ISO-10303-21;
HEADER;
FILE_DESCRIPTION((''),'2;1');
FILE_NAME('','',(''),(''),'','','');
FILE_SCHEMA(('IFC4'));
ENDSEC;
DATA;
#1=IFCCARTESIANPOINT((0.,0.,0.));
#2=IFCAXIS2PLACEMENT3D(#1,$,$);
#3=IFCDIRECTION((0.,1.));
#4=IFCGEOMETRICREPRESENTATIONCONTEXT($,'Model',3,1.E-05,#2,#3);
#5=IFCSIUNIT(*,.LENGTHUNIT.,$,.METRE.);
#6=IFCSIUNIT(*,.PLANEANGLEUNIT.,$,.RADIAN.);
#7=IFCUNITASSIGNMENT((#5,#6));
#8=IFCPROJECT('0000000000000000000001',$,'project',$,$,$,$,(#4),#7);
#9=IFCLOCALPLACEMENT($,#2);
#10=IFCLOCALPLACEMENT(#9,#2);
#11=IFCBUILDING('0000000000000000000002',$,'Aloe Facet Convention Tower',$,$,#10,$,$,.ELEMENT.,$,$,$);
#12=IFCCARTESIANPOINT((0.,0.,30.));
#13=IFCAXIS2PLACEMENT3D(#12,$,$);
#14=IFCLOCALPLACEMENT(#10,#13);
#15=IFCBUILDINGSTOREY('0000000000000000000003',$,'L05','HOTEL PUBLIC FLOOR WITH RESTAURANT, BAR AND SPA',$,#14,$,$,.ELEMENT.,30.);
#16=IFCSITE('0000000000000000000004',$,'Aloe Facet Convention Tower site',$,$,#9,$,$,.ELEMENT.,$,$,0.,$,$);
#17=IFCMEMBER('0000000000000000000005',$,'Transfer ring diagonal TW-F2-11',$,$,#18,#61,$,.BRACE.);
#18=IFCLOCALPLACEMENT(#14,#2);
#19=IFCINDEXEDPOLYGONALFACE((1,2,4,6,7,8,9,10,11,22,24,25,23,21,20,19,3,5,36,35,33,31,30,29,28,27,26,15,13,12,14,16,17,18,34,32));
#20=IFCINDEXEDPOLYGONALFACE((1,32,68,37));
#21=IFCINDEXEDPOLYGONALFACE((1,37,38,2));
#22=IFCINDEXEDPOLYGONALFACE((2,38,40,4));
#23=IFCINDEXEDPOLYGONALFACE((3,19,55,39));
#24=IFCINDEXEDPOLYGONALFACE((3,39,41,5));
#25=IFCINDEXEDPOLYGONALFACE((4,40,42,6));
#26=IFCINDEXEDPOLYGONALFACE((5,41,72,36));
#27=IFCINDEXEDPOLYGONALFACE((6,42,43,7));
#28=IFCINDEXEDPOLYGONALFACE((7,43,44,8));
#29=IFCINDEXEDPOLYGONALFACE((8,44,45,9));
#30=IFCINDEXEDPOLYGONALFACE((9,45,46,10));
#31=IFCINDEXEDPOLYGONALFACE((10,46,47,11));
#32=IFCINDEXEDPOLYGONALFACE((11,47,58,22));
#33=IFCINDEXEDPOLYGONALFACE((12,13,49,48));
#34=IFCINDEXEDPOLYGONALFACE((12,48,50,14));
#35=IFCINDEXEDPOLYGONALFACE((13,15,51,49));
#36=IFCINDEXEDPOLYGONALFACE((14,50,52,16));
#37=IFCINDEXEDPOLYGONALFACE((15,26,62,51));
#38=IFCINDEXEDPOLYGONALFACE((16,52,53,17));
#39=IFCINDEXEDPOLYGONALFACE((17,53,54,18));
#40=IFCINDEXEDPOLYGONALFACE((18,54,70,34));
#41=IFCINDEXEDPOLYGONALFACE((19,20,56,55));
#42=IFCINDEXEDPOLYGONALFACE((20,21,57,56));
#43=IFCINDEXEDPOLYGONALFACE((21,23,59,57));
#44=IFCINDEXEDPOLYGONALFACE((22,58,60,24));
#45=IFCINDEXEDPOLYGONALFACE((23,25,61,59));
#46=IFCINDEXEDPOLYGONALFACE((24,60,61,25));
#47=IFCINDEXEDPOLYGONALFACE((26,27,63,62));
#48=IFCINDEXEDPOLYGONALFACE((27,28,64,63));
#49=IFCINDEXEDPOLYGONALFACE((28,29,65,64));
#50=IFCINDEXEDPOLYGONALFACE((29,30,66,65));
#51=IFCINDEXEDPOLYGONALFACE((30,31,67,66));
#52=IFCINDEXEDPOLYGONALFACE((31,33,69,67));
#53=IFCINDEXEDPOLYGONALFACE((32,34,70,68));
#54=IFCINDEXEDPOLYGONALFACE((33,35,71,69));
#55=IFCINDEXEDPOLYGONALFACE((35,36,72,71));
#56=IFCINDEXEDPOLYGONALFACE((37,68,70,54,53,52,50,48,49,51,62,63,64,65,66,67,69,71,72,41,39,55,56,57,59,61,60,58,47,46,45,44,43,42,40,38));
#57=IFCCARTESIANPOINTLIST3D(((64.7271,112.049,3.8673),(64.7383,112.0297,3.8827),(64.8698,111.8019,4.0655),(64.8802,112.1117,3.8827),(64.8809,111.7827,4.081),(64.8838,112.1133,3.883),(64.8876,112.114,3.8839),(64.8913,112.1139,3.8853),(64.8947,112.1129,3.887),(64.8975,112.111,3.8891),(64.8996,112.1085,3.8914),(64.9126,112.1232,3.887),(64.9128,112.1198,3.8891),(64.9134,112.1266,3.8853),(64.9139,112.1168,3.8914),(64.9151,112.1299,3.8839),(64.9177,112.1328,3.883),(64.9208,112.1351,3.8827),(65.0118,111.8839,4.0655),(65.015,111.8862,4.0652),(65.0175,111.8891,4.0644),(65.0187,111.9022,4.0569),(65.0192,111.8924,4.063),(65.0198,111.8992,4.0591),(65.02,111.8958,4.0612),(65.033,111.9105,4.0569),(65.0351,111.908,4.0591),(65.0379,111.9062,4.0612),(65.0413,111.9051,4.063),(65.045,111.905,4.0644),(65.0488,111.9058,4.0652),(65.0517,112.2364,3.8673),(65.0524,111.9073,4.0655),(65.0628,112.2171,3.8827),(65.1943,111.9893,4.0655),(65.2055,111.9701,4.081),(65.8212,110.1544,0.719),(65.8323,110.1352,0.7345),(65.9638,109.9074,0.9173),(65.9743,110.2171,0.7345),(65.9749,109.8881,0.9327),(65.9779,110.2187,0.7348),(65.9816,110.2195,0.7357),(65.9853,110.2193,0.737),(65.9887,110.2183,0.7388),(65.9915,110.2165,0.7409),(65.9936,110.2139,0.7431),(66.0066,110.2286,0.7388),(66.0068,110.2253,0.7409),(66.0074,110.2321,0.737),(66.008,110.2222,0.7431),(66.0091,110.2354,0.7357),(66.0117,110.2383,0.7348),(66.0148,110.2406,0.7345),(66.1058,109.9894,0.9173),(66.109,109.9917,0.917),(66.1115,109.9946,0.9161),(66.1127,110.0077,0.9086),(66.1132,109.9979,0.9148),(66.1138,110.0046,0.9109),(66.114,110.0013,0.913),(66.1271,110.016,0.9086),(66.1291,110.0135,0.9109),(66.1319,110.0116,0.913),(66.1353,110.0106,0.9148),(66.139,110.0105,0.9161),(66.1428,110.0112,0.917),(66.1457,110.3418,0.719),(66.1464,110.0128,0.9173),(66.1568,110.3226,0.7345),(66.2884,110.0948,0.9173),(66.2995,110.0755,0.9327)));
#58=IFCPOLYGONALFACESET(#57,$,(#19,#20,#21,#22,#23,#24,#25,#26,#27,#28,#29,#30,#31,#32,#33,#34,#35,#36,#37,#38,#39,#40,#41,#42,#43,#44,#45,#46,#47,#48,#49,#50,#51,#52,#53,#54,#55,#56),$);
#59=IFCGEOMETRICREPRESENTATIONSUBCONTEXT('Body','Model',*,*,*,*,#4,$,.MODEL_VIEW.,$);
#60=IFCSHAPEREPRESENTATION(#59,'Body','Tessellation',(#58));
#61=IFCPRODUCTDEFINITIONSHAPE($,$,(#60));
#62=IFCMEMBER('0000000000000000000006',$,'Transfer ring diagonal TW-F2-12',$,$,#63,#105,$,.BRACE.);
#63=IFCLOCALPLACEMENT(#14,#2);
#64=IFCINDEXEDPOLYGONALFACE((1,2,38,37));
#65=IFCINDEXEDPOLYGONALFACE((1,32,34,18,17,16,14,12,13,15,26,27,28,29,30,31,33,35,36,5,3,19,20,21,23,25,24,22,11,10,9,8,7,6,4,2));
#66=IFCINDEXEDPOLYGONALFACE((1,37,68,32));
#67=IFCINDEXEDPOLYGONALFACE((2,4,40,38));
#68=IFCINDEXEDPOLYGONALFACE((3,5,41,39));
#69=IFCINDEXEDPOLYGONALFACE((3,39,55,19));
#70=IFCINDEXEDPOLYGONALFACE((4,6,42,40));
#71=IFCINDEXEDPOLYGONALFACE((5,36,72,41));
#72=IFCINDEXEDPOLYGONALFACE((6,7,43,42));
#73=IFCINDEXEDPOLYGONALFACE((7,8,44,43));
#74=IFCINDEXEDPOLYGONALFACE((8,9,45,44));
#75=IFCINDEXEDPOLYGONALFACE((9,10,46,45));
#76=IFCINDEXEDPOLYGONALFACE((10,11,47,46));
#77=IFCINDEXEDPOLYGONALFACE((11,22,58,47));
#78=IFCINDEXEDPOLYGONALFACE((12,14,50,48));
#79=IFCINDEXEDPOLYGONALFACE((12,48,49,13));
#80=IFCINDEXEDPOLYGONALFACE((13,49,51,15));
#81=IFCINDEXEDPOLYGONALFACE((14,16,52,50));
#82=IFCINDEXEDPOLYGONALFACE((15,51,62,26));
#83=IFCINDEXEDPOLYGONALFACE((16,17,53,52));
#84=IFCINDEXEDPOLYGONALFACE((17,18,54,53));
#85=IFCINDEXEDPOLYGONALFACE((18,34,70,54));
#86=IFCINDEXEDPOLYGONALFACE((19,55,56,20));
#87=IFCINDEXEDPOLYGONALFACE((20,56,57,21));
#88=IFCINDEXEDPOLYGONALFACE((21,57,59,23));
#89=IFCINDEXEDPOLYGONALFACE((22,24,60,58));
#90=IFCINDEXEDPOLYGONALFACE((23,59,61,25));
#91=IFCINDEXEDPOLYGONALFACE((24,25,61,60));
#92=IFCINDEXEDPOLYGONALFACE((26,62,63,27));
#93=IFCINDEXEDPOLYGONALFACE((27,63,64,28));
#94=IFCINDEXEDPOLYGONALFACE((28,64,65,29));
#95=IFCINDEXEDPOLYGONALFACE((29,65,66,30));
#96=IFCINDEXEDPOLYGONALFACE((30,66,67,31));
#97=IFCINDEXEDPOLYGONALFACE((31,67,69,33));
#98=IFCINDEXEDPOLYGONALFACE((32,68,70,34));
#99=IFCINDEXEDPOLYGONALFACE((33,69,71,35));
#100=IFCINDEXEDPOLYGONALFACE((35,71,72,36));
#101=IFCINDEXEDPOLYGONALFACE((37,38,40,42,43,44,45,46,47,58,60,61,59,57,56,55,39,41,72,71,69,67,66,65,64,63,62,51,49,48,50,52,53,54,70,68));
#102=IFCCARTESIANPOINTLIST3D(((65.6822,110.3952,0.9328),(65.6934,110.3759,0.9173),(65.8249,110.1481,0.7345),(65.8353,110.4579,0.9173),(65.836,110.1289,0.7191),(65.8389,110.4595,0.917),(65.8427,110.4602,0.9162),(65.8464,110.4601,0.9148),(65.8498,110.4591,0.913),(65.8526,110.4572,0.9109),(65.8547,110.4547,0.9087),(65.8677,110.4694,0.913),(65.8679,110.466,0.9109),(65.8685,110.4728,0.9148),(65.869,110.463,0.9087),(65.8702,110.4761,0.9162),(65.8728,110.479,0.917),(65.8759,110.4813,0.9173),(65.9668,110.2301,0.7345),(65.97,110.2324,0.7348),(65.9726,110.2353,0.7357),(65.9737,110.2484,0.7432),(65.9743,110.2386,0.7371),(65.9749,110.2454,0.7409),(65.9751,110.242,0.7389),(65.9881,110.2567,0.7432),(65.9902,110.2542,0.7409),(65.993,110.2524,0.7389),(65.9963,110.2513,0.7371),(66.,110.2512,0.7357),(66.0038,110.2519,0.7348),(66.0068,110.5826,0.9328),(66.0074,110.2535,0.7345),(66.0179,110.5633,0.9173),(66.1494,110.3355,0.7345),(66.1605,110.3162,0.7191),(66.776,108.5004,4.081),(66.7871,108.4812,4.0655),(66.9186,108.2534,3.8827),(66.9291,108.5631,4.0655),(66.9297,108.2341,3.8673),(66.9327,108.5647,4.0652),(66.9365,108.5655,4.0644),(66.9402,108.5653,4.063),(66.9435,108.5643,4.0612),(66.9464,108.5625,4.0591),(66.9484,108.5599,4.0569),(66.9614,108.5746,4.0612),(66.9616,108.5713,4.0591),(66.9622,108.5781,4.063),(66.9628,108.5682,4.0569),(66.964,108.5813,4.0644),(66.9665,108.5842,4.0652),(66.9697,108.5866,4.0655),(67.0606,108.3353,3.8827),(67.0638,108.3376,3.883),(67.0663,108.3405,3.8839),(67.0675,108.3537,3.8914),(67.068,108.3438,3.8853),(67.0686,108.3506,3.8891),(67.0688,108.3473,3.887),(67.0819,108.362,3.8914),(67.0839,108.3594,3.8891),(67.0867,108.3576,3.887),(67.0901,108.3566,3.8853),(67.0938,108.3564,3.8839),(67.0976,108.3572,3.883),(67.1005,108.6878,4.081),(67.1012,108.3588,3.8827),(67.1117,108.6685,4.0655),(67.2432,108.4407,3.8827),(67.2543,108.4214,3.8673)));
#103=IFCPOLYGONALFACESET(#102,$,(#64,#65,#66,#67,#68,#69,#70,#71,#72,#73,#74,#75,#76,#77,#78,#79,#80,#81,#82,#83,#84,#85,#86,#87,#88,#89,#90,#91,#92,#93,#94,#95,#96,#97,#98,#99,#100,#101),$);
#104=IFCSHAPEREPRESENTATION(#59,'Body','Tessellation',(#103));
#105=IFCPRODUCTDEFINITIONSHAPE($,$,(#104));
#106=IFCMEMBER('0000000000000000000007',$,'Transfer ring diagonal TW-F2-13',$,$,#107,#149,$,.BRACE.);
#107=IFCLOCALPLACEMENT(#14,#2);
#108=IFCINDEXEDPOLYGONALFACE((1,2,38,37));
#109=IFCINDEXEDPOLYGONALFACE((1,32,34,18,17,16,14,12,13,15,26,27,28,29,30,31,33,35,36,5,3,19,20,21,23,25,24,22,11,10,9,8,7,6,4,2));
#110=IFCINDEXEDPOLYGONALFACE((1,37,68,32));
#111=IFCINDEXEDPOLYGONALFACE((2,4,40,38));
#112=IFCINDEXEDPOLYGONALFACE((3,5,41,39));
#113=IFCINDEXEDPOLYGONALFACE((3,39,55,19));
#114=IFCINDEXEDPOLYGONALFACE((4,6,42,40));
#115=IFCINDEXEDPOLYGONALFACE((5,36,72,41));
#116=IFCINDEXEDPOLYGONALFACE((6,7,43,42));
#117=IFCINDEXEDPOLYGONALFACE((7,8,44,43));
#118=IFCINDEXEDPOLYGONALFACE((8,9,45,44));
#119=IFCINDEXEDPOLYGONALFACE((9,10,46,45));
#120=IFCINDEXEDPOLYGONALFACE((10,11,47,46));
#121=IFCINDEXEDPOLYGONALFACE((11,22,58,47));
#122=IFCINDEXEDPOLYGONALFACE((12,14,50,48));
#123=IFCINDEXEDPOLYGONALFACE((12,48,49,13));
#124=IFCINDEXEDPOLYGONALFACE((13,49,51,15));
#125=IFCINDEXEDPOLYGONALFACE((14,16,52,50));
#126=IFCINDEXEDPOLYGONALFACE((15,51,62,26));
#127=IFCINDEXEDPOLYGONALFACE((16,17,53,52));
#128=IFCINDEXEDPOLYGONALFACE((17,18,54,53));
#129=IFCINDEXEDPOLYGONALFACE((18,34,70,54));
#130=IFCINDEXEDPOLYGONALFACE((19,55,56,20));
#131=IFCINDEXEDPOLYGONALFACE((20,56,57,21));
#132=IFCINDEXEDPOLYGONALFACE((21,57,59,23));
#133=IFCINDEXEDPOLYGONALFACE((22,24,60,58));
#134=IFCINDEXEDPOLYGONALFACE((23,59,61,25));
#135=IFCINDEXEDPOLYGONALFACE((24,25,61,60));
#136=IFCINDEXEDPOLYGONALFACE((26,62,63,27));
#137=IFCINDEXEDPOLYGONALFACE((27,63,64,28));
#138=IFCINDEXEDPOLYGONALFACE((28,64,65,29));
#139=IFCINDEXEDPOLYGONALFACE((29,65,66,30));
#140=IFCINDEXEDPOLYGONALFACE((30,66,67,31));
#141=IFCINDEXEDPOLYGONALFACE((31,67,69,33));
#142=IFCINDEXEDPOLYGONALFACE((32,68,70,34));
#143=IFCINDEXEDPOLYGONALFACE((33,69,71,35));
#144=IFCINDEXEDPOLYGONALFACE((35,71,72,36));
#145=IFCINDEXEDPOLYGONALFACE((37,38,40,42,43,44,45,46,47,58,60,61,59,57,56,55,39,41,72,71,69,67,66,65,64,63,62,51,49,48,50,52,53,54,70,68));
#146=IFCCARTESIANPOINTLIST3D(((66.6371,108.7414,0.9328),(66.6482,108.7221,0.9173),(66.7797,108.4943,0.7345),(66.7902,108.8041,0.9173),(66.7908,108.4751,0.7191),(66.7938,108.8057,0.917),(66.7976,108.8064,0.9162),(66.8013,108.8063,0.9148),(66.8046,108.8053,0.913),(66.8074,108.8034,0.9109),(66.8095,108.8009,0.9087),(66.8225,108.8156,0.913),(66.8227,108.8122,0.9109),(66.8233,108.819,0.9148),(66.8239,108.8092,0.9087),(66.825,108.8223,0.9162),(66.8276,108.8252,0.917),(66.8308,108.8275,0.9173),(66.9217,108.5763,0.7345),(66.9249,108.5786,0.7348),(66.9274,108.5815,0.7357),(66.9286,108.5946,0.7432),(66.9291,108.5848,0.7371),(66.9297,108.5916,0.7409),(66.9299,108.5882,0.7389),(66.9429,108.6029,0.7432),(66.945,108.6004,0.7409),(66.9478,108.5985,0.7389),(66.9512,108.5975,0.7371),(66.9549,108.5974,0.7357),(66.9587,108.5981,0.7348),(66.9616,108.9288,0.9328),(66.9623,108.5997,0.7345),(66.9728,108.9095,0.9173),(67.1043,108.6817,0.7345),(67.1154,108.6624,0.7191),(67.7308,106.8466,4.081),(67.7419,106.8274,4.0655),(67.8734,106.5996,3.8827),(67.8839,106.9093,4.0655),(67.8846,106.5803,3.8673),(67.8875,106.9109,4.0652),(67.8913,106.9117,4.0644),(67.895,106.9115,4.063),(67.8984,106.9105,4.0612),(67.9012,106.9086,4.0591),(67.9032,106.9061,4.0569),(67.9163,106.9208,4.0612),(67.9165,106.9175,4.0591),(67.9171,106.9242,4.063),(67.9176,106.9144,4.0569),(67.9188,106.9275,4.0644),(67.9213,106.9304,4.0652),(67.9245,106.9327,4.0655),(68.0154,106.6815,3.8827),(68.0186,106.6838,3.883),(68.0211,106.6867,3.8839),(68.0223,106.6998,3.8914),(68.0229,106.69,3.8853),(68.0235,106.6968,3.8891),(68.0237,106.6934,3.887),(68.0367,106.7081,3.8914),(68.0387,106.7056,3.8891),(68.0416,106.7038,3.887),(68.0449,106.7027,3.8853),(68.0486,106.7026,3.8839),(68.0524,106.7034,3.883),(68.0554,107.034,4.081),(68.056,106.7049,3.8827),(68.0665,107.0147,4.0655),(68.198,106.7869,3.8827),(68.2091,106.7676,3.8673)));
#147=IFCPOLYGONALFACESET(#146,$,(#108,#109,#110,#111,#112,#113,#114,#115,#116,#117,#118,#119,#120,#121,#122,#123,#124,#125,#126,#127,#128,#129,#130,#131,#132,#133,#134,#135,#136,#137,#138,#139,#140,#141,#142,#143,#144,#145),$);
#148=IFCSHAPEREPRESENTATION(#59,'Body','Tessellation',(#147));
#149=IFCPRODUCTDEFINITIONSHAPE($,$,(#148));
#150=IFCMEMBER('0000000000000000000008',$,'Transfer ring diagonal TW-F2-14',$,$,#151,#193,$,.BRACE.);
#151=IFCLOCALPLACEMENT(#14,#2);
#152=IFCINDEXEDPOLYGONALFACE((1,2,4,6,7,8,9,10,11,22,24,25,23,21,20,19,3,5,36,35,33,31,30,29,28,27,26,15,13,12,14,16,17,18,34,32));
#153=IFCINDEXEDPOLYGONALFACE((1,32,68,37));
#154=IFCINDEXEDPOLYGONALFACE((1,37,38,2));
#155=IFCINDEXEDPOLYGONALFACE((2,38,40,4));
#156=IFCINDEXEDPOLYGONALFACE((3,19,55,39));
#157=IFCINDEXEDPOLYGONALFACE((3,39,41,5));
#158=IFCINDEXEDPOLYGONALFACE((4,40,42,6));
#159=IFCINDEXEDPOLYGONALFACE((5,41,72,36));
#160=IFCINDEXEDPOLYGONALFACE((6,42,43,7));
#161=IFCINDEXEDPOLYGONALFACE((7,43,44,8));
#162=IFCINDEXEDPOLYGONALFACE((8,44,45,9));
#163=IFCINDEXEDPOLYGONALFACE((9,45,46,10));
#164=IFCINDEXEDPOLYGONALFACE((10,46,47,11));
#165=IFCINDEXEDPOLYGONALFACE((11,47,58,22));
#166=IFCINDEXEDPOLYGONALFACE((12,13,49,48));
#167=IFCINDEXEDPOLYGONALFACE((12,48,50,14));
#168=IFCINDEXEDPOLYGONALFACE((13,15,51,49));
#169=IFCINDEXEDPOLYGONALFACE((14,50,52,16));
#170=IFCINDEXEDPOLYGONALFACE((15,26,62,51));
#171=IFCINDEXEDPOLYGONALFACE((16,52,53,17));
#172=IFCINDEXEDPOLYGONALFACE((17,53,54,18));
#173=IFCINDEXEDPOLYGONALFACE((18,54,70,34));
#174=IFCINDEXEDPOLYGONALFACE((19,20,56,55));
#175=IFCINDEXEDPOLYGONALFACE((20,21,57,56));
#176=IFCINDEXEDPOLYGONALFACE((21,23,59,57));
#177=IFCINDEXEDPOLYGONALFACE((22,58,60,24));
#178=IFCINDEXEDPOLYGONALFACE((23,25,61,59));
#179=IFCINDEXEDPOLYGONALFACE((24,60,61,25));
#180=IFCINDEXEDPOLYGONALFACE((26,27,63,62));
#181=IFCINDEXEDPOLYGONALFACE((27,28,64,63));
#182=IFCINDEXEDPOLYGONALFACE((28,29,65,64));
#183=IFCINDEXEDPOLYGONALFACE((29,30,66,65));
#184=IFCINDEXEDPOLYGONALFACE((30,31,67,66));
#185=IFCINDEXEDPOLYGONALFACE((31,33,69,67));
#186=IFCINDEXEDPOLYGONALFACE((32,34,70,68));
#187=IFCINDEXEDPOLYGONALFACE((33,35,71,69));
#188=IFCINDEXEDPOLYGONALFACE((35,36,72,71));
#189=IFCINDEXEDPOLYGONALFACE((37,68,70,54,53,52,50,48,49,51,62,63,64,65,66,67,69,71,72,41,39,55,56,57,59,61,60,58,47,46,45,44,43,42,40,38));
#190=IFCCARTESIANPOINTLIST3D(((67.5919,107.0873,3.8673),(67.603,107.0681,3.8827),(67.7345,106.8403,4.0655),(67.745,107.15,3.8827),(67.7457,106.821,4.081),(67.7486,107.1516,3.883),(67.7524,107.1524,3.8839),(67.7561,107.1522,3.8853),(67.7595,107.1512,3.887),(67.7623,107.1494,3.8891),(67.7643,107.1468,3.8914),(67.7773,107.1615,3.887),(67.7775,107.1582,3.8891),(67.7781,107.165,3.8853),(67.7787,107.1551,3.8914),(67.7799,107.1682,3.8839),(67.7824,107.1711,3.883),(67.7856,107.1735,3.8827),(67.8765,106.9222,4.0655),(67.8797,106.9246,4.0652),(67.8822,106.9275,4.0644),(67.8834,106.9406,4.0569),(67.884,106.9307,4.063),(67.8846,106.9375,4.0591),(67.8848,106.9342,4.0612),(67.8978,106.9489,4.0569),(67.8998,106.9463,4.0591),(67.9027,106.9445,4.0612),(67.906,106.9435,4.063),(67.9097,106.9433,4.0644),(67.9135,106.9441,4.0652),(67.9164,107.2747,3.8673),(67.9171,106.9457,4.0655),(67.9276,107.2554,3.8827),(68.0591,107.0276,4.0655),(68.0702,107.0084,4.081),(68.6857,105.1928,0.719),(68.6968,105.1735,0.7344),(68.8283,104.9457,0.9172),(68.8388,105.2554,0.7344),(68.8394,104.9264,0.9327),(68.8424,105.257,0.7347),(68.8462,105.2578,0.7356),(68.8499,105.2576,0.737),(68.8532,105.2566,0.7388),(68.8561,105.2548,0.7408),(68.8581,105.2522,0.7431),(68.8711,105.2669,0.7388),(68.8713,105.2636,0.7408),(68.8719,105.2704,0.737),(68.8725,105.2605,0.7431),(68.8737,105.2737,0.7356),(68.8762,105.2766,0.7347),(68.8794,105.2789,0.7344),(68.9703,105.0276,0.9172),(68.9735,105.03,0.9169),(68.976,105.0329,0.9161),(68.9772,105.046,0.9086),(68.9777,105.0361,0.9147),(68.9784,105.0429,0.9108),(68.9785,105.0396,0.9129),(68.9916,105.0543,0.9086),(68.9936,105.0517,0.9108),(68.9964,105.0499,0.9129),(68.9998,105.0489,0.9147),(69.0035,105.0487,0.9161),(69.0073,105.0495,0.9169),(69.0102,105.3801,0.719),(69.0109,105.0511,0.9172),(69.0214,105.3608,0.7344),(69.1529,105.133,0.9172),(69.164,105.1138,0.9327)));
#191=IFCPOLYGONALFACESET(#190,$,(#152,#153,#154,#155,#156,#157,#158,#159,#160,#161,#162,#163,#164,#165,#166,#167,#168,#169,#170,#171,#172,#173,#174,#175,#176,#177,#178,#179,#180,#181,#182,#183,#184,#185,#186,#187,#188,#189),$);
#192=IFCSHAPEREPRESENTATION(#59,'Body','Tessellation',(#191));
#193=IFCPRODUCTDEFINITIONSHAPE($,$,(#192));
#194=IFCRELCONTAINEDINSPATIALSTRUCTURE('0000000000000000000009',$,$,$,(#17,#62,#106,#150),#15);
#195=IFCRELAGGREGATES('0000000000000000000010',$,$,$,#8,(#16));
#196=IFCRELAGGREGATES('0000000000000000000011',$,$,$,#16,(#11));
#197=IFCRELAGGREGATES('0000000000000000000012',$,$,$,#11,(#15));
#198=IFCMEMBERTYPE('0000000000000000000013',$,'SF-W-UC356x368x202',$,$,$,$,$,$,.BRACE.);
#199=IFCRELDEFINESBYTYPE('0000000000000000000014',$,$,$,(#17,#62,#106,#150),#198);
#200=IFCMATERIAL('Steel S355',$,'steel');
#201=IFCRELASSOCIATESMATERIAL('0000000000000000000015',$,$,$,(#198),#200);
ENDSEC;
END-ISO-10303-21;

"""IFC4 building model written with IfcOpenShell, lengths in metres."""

from ifc_helpers import new_model, si_unit, direction, frame, origin, origin_2d, place, context, subcontext, project, spatial, i_section, extrude, material, material_profile, profile_set, type_object, element, save


model = new_model("IFC4")

# Units and contexts
model_context = context("Model", 3, precision=1e-05, world=origin(), true_north=direction((0.0, 1.0)))
body_context = subcontext(model_context, "Body", "Model", "MODEL_VIEW")
ifc_project = project(units=[si_unit("LENGTHUNIT", "METRE"), si_unit("PLANEANGLEUNIT", "RADIAN")], contexts=[model_context])

# Site, building, storey
site_placement = place(None, origin())
site = spatial("IfcSite", under=ifc_project, at=site_placement, Name="Aloe Facet Convention Tower site", CompositionType="ELEMENT", RefElevation=0.0)
building_placement = place(site_placement, origin())
building = spatial("IfcBuilding", under=site, at=building_placement, Name="Aloe Facet Convention Tower", CompositionType="ELEMENT")
storey_placement = place(building_placement, frame((0.0, 0.0, 30.0)))
storey = spatial("IfcBuildingStorey", under=building, at=storey_placement, Name="L05", Description="HOTEL PUBLIC FLOOR WITH RESTAURANT, BAR AND SPA", CompositionType="ELEMENT", Elevation=30.0)

# Members
ifc_material_1 = material(Name="Steel S355", Category="steel")
ifc_material_profile_1 = material_profile(ifc_material_1, i_section(OverallWidth=0.3748, OverallDepth=0.3745, WebThickness=0.0166, FlangeThickness=0.0271, FilletRadius=0.0151, at=origin_2d()), Name="UC 356x368x202")
ifc_profile_set_1 = profile_set([ifc_material_profile_1], Name="Steel S355")
member_type_1 = type_object("IfcMemberType", Name="SF-W-UC356x368x202", PredefinedType="BRACE", material=ifc_profile_set_1)
for number, where, z_axis, x_axis, name in (
    (1, (64.9663, 112.0095, 3.9741), (0.285363, -0.494179, -0.821191), (0.865989, 0.500064, 0.0), "Transfer ring diagonal TW-F2-11"),
    (2, (65.9214, 110.3557, 0.8259), (0.285296, -0.494236, 0.82118), (0.866065, 0.499932, 0.0), "Transfer ring diagonal TW-F2-12"),
    (3, (66.8762, 108.7019, 0.8259), (0.285296, -0.494236, 0.82118), (0.866065, 0.499932, 0.0), "Transfer ring diagonal TW-F2-13"),
    (4, (67.8311, 107.0479, 3.9741), (0.285305, -0.494188, -0.821206), (0.866037, 0.49998, 0.0), "Transfer ring diagonal TW-F2-14"),
):
    element("IfcMember", number, at=place(storey_placement, frame(where, z_axis=z_axis, x_axis=x_axis)), inside=storey, type_object=member_type_1, Name=name, PredefinedType="BRACE", context=body_context, shape_type="SweptSolid", body=[
        extrude(i_section(OverallWidth=0.3748, OverallDepth=0.3745, WebThickness=0.0166, FlangeThickness=0.0271, FilletRadius=0.0151, at=origin_2d()), origin(), (0.0, 0.0, 1.0), 3.8337),
    ])

save(model, "model.ifc")
